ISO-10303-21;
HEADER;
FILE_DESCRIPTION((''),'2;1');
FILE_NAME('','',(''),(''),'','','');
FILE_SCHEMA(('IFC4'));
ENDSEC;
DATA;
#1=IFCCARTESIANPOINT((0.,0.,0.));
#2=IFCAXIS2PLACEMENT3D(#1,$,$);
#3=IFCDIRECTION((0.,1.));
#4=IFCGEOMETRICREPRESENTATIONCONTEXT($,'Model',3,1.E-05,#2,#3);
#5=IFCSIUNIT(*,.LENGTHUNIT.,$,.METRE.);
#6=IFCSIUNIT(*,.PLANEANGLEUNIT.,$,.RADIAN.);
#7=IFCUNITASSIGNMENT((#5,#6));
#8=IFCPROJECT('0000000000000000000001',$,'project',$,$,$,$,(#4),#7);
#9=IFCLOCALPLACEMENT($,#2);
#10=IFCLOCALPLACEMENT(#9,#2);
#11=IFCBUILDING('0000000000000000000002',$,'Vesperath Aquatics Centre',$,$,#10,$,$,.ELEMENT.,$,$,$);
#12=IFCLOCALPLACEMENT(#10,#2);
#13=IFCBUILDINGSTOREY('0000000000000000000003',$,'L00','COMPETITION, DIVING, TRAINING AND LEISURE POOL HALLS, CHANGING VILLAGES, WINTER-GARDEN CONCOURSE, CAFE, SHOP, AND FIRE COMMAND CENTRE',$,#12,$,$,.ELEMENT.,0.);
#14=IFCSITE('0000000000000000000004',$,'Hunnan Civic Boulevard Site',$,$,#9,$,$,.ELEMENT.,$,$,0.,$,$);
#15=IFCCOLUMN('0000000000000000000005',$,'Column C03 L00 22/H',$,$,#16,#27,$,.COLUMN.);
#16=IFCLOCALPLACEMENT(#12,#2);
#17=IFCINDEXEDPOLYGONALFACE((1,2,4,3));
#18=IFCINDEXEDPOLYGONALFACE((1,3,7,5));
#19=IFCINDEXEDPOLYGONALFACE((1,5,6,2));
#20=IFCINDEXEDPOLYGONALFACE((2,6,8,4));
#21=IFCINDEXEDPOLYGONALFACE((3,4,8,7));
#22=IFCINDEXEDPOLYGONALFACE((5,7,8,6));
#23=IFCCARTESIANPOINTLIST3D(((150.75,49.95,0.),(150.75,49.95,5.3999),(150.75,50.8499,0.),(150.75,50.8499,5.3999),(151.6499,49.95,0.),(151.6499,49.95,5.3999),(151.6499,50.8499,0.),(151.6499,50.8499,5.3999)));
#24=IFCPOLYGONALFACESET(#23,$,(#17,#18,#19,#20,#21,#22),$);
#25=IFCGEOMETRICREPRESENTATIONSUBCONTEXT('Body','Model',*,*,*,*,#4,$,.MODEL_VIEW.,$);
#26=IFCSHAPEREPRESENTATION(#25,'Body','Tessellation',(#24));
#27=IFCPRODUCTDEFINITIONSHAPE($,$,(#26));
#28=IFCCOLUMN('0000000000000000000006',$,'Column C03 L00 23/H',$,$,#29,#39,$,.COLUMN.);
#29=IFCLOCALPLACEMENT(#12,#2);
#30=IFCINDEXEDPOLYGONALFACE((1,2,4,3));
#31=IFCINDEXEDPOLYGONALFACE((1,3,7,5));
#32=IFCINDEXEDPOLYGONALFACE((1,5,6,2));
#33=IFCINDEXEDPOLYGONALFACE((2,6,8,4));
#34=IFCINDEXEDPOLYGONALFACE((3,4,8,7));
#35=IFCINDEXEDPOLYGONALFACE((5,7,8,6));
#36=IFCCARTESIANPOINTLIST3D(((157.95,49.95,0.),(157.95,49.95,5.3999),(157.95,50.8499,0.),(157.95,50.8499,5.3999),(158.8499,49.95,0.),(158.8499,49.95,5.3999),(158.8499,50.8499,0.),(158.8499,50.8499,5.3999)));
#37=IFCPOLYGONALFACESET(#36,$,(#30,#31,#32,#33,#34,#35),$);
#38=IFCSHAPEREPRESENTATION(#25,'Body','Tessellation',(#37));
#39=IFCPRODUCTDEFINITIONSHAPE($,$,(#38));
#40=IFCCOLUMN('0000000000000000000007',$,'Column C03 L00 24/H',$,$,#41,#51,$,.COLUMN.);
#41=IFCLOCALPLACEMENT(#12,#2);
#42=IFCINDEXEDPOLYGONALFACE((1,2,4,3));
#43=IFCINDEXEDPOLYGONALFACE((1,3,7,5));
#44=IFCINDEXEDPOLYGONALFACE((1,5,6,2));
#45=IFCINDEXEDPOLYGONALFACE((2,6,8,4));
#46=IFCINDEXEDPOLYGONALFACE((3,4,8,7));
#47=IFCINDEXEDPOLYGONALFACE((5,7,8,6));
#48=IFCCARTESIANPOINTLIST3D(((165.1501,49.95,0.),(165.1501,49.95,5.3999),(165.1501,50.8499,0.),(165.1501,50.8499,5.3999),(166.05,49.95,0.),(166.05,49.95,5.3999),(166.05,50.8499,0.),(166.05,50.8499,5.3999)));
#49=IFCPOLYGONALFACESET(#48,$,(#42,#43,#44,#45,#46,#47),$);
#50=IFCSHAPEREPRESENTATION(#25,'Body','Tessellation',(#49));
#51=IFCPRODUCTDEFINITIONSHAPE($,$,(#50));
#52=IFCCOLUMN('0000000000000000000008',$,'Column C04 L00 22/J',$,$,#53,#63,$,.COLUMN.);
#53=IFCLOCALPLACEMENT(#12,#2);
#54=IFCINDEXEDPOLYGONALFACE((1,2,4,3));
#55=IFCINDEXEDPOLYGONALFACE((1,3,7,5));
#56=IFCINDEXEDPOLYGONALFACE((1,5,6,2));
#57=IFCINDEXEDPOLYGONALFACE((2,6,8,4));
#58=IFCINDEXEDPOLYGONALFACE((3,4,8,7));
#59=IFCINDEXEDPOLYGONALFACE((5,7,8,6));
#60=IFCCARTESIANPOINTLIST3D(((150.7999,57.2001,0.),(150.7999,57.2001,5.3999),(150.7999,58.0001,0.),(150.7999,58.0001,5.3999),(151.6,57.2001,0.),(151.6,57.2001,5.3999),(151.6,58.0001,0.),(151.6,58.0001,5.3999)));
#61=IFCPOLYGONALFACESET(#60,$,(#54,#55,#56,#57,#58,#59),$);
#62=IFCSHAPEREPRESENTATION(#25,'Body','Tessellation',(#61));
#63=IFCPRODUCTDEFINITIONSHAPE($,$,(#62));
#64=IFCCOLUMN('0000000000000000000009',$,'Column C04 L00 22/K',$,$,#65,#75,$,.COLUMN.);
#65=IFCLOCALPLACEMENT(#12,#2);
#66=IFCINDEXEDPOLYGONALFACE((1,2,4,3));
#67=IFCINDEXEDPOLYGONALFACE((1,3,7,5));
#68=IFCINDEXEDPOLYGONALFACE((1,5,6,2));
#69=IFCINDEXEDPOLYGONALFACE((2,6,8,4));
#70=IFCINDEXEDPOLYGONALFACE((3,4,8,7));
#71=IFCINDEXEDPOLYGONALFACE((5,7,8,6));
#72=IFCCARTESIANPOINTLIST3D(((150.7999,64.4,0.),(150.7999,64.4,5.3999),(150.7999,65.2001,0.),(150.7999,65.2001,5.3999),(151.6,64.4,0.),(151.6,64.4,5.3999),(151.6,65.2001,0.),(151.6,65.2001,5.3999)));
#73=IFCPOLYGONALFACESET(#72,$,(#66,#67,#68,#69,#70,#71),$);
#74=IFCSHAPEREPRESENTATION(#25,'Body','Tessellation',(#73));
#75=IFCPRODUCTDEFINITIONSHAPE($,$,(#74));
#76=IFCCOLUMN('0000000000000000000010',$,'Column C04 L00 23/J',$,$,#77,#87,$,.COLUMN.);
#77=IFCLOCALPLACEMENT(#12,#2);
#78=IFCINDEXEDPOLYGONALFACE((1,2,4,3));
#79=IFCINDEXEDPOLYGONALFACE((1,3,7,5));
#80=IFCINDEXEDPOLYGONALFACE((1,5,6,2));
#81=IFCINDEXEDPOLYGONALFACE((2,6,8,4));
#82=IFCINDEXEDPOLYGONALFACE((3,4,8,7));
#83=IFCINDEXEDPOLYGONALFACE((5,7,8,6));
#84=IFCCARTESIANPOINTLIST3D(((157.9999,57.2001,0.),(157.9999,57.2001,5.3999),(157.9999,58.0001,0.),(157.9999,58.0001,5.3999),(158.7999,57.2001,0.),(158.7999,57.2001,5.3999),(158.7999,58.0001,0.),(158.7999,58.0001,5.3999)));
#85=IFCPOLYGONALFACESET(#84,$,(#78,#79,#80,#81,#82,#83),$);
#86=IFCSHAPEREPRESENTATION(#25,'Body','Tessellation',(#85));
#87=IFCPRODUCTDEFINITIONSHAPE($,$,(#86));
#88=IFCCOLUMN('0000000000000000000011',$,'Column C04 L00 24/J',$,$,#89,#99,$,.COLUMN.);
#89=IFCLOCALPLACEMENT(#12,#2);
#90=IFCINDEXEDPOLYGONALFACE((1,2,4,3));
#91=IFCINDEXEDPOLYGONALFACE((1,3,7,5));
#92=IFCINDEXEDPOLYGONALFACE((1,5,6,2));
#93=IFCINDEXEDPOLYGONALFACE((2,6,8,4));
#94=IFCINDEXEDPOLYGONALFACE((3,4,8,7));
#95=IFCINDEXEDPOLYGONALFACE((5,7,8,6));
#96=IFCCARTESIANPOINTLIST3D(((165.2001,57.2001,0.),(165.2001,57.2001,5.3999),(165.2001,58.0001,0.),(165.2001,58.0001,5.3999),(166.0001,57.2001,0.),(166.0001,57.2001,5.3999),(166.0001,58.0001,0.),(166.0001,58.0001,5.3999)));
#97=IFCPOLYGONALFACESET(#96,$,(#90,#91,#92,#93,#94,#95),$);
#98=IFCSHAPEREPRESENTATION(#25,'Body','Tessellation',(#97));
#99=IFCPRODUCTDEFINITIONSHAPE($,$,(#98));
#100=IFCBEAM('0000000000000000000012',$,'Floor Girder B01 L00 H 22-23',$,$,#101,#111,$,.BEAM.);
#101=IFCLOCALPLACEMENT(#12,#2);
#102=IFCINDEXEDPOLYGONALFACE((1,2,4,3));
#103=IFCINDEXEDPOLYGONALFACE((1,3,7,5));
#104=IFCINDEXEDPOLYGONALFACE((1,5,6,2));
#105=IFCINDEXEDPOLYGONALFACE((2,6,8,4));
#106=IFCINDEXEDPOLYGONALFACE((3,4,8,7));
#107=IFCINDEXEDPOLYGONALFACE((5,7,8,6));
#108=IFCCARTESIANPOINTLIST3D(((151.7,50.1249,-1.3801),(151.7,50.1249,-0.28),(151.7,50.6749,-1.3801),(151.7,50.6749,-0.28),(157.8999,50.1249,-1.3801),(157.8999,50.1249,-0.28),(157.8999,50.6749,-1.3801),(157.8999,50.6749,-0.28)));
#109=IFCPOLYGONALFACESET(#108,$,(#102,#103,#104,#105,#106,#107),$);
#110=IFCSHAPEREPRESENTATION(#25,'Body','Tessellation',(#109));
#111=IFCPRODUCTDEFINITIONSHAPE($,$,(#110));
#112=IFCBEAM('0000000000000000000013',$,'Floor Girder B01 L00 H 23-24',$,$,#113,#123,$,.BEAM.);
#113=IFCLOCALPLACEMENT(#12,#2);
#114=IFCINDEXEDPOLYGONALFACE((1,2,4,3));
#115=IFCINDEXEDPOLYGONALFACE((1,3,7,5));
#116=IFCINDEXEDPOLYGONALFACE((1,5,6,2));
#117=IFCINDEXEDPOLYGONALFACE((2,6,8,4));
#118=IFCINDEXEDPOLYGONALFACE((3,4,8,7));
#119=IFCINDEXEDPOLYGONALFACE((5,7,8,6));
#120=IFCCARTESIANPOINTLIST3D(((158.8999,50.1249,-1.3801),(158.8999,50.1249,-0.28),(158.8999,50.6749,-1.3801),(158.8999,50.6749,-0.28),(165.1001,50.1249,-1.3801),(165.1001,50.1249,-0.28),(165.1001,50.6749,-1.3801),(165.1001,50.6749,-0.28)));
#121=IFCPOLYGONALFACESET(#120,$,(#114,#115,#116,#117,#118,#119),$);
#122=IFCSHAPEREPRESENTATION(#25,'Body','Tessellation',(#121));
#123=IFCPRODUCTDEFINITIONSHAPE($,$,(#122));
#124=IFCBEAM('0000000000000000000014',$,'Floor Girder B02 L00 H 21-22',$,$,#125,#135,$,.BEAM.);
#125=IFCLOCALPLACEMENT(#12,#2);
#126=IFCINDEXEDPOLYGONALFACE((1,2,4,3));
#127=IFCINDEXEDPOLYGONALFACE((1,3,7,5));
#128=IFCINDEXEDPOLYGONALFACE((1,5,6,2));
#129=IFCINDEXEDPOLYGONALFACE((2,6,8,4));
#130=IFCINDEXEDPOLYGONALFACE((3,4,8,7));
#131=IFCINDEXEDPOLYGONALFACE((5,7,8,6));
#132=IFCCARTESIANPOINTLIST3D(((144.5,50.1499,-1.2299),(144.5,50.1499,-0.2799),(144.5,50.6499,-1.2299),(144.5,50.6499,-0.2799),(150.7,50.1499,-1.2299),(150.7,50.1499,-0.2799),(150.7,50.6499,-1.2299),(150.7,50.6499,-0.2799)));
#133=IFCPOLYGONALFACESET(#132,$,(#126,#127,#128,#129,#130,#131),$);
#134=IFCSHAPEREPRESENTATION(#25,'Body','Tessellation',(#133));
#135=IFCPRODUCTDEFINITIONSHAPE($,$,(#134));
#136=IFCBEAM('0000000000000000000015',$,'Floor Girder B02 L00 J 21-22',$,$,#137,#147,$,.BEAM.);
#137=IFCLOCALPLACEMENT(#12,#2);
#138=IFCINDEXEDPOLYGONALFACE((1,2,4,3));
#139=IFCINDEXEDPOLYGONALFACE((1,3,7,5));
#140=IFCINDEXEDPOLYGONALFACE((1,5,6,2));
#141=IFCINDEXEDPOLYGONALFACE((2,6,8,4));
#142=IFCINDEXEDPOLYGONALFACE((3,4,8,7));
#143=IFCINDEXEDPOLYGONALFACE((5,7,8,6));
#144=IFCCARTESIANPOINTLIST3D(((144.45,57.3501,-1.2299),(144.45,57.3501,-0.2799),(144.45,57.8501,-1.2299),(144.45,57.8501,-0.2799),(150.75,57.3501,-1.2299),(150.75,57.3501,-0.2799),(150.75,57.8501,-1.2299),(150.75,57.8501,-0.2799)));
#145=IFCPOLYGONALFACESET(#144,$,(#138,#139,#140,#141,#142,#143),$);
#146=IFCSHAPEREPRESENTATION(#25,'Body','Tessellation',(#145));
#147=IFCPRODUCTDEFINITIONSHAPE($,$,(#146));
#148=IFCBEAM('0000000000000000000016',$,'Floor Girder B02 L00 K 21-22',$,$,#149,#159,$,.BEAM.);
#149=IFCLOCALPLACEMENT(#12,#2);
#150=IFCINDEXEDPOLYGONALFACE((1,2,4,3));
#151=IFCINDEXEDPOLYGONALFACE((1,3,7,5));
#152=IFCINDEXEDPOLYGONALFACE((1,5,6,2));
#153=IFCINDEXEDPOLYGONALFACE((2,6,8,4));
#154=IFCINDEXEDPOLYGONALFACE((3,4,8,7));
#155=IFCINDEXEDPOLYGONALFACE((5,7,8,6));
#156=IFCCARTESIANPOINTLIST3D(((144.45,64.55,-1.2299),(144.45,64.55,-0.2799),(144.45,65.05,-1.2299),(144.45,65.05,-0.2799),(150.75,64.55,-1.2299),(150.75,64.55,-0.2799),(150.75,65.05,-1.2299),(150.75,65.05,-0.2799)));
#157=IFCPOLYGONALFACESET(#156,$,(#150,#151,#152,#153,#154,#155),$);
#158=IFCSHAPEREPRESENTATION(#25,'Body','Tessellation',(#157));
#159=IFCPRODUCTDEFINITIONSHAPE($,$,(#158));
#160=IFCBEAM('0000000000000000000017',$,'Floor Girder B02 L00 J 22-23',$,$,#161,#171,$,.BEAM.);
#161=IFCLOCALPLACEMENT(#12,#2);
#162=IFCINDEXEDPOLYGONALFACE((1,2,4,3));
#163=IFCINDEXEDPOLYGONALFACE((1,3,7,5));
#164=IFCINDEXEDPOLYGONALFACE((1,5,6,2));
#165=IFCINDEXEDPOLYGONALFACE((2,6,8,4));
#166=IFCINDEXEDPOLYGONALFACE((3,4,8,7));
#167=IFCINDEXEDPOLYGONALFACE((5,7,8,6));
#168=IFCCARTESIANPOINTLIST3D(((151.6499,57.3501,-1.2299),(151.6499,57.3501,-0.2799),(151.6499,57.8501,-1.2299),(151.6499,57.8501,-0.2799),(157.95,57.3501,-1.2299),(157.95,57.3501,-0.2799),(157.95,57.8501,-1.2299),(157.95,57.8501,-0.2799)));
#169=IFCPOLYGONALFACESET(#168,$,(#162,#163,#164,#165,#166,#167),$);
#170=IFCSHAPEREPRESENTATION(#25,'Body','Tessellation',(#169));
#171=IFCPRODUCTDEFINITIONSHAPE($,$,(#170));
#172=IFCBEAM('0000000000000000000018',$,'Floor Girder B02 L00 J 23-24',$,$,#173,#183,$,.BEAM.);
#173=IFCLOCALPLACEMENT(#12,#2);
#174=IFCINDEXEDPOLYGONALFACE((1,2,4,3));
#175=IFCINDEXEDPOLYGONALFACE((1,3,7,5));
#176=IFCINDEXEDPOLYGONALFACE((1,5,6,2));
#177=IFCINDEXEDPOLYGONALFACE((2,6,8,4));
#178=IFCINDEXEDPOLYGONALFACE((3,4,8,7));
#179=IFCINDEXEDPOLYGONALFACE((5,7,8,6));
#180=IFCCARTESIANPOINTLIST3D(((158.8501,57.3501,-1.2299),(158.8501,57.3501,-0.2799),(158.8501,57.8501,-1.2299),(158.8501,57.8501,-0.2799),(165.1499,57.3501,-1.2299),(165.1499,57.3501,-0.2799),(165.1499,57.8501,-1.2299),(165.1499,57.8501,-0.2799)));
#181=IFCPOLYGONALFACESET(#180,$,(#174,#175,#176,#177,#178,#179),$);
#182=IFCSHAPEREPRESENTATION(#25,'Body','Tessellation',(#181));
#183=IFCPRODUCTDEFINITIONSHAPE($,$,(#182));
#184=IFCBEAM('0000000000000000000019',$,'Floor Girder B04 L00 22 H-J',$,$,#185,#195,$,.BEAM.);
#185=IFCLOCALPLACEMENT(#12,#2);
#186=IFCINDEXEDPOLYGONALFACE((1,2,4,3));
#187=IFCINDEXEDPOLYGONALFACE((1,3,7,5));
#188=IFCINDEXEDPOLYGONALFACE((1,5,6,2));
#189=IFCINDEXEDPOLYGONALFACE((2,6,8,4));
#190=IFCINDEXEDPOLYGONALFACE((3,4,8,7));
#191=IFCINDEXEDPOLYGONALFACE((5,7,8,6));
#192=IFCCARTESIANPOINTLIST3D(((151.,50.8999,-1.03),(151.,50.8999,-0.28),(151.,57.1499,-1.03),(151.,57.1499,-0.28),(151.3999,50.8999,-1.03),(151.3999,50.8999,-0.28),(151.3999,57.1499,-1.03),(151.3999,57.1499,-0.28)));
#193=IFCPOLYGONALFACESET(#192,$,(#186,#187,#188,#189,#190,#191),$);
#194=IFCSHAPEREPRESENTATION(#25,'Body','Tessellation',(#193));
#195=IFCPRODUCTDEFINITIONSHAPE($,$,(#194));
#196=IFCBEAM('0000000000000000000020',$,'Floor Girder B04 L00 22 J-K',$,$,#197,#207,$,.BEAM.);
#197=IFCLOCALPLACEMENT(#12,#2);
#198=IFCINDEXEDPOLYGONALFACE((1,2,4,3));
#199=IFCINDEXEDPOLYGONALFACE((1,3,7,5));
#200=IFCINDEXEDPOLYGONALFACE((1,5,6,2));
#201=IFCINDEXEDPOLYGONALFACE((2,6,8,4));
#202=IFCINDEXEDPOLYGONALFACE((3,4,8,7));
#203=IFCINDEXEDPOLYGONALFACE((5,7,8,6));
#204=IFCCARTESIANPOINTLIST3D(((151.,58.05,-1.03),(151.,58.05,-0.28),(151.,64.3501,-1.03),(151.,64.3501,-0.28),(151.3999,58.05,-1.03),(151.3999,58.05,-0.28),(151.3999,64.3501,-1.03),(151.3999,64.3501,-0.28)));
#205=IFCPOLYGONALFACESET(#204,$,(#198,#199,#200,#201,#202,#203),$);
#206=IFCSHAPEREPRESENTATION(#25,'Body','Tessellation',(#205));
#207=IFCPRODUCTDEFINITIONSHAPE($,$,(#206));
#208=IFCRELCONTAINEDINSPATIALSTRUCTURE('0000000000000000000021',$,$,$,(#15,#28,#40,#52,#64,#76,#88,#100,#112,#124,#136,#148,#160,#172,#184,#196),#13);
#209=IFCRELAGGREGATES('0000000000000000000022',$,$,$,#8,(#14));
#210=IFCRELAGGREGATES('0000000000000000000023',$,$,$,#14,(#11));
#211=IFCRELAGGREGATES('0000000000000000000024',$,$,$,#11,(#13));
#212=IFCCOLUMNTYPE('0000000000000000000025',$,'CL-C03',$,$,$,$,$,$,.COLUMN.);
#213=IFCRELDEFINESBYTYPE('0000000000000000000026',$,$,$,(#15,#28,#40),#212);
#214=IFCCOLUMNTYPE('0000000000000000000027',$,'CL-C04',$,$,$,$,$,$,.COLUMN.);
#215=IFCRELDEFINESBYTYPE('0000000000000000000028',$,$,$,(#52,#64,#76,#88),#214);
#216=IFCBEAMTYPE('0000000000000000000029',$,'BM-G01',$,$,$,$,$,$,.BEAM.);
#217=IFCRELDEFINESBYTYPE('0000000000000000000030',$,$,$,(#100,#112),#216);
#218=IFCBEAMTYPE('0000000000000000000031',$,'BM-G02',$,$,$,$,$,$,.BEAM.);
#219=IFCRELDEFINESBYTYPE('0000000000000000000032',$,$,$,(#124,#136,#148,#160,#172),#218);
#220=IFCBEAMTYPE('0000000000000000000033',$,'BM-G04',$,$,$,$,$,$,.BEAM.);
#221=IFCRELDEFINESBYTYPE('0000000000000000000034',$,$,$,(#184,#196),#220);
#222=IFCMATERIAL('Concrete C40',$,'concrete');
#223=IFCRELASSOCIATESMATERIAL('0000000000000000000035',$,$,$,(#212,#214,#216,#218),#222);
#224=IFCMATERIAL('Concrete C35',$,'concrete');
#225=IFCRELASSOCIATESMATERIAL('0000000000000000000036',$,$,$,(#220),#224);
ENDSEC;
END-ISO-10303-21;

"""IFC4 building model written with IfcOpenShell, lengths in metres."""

from ifc_helpers import new_model, si_unit, direction, frame, origin, origin_2d, place, context, subcontext, project, spatial, rectangle, extrude, material, material_profile, profile_set, type_object, element, save


model = new_model("IFC4")

# Units and contexts
model_context = context("Model", 3, precision=1e-05, world=origin(), true_north=direction((0.0, 1.0)))
body_context = subcontext(model_context, "Body", "Model", "MODEL_VIEW")
ifc_project = project(units=[si_unit("LENGTHUNIT", "METRE"), si_unit("PLANEANGLEUNIT", "RADIAN")], contexts=[model_context])

# Site, building, storey
site_placement = place(None, origin())
site = spatial("IfcSite", under=ifc_project, at=site_placement, Name="Hunnan Civic Boulevard Site", CompositionType="ELEMENT", RefElevation=0.0)
building_placement = place(site_placement, origin())
building = spatial("IfcBuilding", under=site, at=building_placement, Name="Vesperath Aquatics Centre", CompositionType="ELEMENT")
storey_placement = place(building_placement, origin())
storey = spatial("IfcBuildingStorey", under=building, at=storey_placement, Name="L00", Description="COMPETITION, DIVING, TRAINING AND LEISURE POOL HALLS, CHANGING VILLAGES, WINTER-GARDEN CONCOURSE, CAFE, SHOP, AND FIRE COMMAND CENTRE", CompositionType="ELEMENT", Elevation=0.0)

# Columns
ifc_material_1 = material(Name="Concrete C40", Category="concrete")
ifc_material_profile_1 = material_profile(ifc_material_1, rectangle(XDim=0.8999, YDim=0.8999, at=origin_2d()), Name="RC 900x900")
ifc_profile_set_1 = profile_set([ifc_material_profile_1], Name="Concrete C40")
column_type_1 = type_object("IfcColumnType", Name="CL-C03", PredefinedType="COLUMN", material=ifc_profile_set_1)
for number, where, z_axis, x_axis, name in (
    (1, (151.2, 50.3999, 0.0), (0.0, 0.0, 1.0), (1.0, 0.0, 0.0), "Column C03 L00 22/H"),
    (2, (158.3999, 50.3999, 0.0), (0.0, 0.0, 1.0), (1.0, 0.0, 0.0), "Column C03 L00 23/H"),
    (3, (165.6001, 50.3999, 0.0), (0.0, 0.0, 1.0), (1.0, 0.0, 0.0), "Column C03 L00 24/H"),
):
    element("IfcColumn", number, at=place(storey_placement, frame(where, z_axis=z_axis, x_axis=x_axis)), inside=storey, type_object=column_type_1, Name=name, PredefinedType="COLUMN", context=body_context, shape_type="SweptSolid", body=[
        extrude(rectangle(XDim=0.8999, YDim=0.8999, at=origin_2d()), origin(), (0.0, 0.0, 1.0), 5.3999),
    ])
ifc_material_profile_2 = material_profile(ifc_material_1, rectangle(XDim=0.8, YDim=0.8, at=origin_2d()), Name="RC 800x800")
ifc_profile_set_2 = profile_set([ifc_material_profile_2], Name="Concrete C40")
column_type_2 = type_object("IfcColumnType", Name="CL-C04", PredefinedType="COLUMN", material=ifc_profile_set_2)
for number, where, z_axis, x_axis, name in (
    (4, (151.2, 57.6001, 0.0), (0.0, 0.0, 1.0), (1.0, 0.0, 0.0), "Column C04 L00 22/J"),
    (5, (151.2, 64.8, 0.0), (0.0, 0.0, 1.0), (1.0, 0.0, 0.0), "Column C04 L00 22/K"),
    (6, (158.3999, 57.6001, 0.0), (0.0, 0.0, 1.0), (1.0, 0.0, 0.0), "Column C04 L00 23/J"),
    (7, (165.6001, 57.6001, 0.0), (0.0, 0.0, 1.0), (1.0, 0.0, 0.0), "Column C04 L00 24/J"),
):
    element("IfcColumn", number, at=place(storey_placement, frame(where, z_axis=z_axis, x_axis=x_axis)), inside=storey, type_object=column_type_2, Name=name, PredefinedType="COLUMN", context=body_context, shape_type="SweptSolid", body=[
        extrude(rectangle(XDim=0.8, YDim=0.8, at=origin_2d()), origin(), (0.0, 0.0, 1.0), 5.3999),
    ])

# Beams
ifc_material_profile_3 = material_profile(ifc_material_1, rectangle(XDim=0.55, YDim=1.1001, at=origin_2d()), Name="RC 550x1100")
ifc_profile_set_3 = profile_set([ifc_material_profile_3], Name="Concrete C40")
beam_type_1 = type_object("IfcBeamType", Name="BM-G01", PredefinedType="BEAM", material=ifc_profile_set_3)
beam_1_placement = place(storey_placement, frame((151.7, 50.3999, -0.8301), z_axis=(1.0, 0.0, 0.0), x_axis=(0.0, 1.0, 0.0)))
element("IfcBeam", 8, at=beam_1_placement, inside=storey, type_object=beam_type_1, Name="Floor Girder B01 L00 H 22-23", PredefinedType="BEAM", context=body_context, shape_type="SweptSolid", body=[
    extrude(rectangle(XDim=0.55, YDim=1.1001, at=origin_2d()), origin(), (0.0, 0.0, 1.0), 6.2),
])
beam_2_placement = place(storey_placement, frame((158.8999, 50.3999, -0.8301), z_axis=(1.0, 0.0, 0.0), x_axis=(0.0, 1.0, 0.0)))
element("IfcBeam", 9, at=beam_2_placement, inside=storey, type_object=beam_type_1, Name="Floor Girder B01 L00 H 23-24", PredefinedType="BEAM", context=body_context, shape_type="SweptSolid", body=[
    extrude(rectangle(XDim=0.55, YDim=1.1001, at=origin_2d()), origin(), (0.0, 0.0, 1.0), 6.2002),
])
ifc_material_profile_4 = material_profile(ifc_material_1, rectangle(XDim=0.5, YDim=0.95, at=origin_2d()), Name="RC 500x950")
ifc_profile_set_4 = profile_set([ifc_material_profile_4], Name="Concrete C40")
beam_type_2 = type_object("IfcBeamType", Name="BM-G02", PredefinedType="BEAM", material=ifc_profile_set_4)
beam_3_placement = place(storey_placement, frame((144.5, 50.3999, -0.7549), z_axis=(1.0, 0.0, 0.0), x_axis=(0.0, 1.0, 0.0)))
element("IfcBeam", 10, at=beam_3_placement, inside=storey, type_object=beam_type_2, Name="Floor Girder B02 L00 H 21-22", PredefinedType="BEAM", context=body_context, shape_type="SweptSolid", body=[
    extrude(rectangle(XDim=0.5, YDim=0.95, at=origin_2d()), origin(), (0.0, 0.0, 1.0), 6.2),
])
for number, where, z_axis, x_axis, name in (
    (11, (144.45, 57.6001, -0.7549), (1.0, 0.0, 0.0), (0.0, 1.0, 0.0), "Floor Girder B02 L00 J 21-22"),
    (12, (144.45, 64.8, -0.7549), (1.0, 0.0, 0.0), (0.0, 1.0, 0.0), "Floor Girder B02 L00 K 21-22"),
    (13, (151.6499, 57.6001, -0.7549), (1.0, 0.0, 0.0), (0.0, 1.0, 0.0), "Floor Girder B02 L00 J 22-23"),
):
    element("IfcBeam", number, at=place(storey_placement, frame(where, z_axis=z_axis, x_axis=x_axis)), inside=storey, type_object=beam_type_2, Name=name, PredefinedType="BEAM", context=body_context, shape_type="SweptSolid", body=[
        extrude(rectangle(XDim=0.5, YDim=0.95, at=origin_2d()), origin(), (0.0, 0.0, 1.0), 6.3),
    ])
beam_4_placement = place(storey_placement, frame((158.8501, 57.6001, -0.7549), z_axis=(1.0, 0.0, 0.0), x_axis=(0.0, 1.0, 0.0)))
element("IfcBeam", 14, at=beam_4_placement, inside=storey, type_object=beam_type_2, Name="Floor Girder B02 L00 J 23-24", PredefinedType="BEAM", context=body_context, shape_type="SweptSolid", body=[
    extrude(rectangle(XDim=0.5, YDim=0.95, at=origin_2d()), origin(), (0.0, 0.0, 1.0), 6.2998),
])
ifc_material_2 = material(Name="Concrete C35", Category="concrete")
ifc_material_profile_5 = material_profile(ifc_material_2, rectangle(XDim=0.3999, YDim=0.75, at=origin_2d()), Name="RC 400x750")
ifc_profile_set_5 = profile_set([ifc_material_profile_5], Name="Concrete C35")
beam_type_3 = type_object("IfcBeamType", Name="BM-G04", PredefinedType="BEAM", material=ifc_profile_set_5)
beam_5_placement = place(storey_placement, frame((151.2, 50.8999, -0.655), z_axis=(0.0, 1.0, 0.0), x_axis=(-1.0, 0.0, 0.0)))
element("IfcBeam", 15, at=beam_5_placement, inside=storey, type_object=beam_type_3, Name="Floor Girder B04 L00 22 H-J", PredefinedType="BEAM", context=body_context, shape_type="SweptSolid", body=[
    extrude(rectangle(XDim=0.3999, YDim=0.75, at=origin_2d()), origin(), (0.0, 0.0, 1.0), 6.25),
])
beam_6_placement = place(storey_placement, frame((151.2, 58.05, -0.655), z_axis=(0.0, 1.0, 0.0), x_axis=(-1.0, 0.0, 0.0)))
element("IfcBeam", 16, at=beam_6_placement, inside=storey, type_object=beam_type_3, Name="Floor Girder B04 L00 22 J-K", PredefinedType="BEAM", context=body_context, shape_type="SweptSolid", body=[
    extrude(rectangle(XDim=0.3999, YDim=0.75, at=origin_2d()), origin(), (0.0, 0.0, 1.0), 6.3),
])

save(model, "model.ifc")
